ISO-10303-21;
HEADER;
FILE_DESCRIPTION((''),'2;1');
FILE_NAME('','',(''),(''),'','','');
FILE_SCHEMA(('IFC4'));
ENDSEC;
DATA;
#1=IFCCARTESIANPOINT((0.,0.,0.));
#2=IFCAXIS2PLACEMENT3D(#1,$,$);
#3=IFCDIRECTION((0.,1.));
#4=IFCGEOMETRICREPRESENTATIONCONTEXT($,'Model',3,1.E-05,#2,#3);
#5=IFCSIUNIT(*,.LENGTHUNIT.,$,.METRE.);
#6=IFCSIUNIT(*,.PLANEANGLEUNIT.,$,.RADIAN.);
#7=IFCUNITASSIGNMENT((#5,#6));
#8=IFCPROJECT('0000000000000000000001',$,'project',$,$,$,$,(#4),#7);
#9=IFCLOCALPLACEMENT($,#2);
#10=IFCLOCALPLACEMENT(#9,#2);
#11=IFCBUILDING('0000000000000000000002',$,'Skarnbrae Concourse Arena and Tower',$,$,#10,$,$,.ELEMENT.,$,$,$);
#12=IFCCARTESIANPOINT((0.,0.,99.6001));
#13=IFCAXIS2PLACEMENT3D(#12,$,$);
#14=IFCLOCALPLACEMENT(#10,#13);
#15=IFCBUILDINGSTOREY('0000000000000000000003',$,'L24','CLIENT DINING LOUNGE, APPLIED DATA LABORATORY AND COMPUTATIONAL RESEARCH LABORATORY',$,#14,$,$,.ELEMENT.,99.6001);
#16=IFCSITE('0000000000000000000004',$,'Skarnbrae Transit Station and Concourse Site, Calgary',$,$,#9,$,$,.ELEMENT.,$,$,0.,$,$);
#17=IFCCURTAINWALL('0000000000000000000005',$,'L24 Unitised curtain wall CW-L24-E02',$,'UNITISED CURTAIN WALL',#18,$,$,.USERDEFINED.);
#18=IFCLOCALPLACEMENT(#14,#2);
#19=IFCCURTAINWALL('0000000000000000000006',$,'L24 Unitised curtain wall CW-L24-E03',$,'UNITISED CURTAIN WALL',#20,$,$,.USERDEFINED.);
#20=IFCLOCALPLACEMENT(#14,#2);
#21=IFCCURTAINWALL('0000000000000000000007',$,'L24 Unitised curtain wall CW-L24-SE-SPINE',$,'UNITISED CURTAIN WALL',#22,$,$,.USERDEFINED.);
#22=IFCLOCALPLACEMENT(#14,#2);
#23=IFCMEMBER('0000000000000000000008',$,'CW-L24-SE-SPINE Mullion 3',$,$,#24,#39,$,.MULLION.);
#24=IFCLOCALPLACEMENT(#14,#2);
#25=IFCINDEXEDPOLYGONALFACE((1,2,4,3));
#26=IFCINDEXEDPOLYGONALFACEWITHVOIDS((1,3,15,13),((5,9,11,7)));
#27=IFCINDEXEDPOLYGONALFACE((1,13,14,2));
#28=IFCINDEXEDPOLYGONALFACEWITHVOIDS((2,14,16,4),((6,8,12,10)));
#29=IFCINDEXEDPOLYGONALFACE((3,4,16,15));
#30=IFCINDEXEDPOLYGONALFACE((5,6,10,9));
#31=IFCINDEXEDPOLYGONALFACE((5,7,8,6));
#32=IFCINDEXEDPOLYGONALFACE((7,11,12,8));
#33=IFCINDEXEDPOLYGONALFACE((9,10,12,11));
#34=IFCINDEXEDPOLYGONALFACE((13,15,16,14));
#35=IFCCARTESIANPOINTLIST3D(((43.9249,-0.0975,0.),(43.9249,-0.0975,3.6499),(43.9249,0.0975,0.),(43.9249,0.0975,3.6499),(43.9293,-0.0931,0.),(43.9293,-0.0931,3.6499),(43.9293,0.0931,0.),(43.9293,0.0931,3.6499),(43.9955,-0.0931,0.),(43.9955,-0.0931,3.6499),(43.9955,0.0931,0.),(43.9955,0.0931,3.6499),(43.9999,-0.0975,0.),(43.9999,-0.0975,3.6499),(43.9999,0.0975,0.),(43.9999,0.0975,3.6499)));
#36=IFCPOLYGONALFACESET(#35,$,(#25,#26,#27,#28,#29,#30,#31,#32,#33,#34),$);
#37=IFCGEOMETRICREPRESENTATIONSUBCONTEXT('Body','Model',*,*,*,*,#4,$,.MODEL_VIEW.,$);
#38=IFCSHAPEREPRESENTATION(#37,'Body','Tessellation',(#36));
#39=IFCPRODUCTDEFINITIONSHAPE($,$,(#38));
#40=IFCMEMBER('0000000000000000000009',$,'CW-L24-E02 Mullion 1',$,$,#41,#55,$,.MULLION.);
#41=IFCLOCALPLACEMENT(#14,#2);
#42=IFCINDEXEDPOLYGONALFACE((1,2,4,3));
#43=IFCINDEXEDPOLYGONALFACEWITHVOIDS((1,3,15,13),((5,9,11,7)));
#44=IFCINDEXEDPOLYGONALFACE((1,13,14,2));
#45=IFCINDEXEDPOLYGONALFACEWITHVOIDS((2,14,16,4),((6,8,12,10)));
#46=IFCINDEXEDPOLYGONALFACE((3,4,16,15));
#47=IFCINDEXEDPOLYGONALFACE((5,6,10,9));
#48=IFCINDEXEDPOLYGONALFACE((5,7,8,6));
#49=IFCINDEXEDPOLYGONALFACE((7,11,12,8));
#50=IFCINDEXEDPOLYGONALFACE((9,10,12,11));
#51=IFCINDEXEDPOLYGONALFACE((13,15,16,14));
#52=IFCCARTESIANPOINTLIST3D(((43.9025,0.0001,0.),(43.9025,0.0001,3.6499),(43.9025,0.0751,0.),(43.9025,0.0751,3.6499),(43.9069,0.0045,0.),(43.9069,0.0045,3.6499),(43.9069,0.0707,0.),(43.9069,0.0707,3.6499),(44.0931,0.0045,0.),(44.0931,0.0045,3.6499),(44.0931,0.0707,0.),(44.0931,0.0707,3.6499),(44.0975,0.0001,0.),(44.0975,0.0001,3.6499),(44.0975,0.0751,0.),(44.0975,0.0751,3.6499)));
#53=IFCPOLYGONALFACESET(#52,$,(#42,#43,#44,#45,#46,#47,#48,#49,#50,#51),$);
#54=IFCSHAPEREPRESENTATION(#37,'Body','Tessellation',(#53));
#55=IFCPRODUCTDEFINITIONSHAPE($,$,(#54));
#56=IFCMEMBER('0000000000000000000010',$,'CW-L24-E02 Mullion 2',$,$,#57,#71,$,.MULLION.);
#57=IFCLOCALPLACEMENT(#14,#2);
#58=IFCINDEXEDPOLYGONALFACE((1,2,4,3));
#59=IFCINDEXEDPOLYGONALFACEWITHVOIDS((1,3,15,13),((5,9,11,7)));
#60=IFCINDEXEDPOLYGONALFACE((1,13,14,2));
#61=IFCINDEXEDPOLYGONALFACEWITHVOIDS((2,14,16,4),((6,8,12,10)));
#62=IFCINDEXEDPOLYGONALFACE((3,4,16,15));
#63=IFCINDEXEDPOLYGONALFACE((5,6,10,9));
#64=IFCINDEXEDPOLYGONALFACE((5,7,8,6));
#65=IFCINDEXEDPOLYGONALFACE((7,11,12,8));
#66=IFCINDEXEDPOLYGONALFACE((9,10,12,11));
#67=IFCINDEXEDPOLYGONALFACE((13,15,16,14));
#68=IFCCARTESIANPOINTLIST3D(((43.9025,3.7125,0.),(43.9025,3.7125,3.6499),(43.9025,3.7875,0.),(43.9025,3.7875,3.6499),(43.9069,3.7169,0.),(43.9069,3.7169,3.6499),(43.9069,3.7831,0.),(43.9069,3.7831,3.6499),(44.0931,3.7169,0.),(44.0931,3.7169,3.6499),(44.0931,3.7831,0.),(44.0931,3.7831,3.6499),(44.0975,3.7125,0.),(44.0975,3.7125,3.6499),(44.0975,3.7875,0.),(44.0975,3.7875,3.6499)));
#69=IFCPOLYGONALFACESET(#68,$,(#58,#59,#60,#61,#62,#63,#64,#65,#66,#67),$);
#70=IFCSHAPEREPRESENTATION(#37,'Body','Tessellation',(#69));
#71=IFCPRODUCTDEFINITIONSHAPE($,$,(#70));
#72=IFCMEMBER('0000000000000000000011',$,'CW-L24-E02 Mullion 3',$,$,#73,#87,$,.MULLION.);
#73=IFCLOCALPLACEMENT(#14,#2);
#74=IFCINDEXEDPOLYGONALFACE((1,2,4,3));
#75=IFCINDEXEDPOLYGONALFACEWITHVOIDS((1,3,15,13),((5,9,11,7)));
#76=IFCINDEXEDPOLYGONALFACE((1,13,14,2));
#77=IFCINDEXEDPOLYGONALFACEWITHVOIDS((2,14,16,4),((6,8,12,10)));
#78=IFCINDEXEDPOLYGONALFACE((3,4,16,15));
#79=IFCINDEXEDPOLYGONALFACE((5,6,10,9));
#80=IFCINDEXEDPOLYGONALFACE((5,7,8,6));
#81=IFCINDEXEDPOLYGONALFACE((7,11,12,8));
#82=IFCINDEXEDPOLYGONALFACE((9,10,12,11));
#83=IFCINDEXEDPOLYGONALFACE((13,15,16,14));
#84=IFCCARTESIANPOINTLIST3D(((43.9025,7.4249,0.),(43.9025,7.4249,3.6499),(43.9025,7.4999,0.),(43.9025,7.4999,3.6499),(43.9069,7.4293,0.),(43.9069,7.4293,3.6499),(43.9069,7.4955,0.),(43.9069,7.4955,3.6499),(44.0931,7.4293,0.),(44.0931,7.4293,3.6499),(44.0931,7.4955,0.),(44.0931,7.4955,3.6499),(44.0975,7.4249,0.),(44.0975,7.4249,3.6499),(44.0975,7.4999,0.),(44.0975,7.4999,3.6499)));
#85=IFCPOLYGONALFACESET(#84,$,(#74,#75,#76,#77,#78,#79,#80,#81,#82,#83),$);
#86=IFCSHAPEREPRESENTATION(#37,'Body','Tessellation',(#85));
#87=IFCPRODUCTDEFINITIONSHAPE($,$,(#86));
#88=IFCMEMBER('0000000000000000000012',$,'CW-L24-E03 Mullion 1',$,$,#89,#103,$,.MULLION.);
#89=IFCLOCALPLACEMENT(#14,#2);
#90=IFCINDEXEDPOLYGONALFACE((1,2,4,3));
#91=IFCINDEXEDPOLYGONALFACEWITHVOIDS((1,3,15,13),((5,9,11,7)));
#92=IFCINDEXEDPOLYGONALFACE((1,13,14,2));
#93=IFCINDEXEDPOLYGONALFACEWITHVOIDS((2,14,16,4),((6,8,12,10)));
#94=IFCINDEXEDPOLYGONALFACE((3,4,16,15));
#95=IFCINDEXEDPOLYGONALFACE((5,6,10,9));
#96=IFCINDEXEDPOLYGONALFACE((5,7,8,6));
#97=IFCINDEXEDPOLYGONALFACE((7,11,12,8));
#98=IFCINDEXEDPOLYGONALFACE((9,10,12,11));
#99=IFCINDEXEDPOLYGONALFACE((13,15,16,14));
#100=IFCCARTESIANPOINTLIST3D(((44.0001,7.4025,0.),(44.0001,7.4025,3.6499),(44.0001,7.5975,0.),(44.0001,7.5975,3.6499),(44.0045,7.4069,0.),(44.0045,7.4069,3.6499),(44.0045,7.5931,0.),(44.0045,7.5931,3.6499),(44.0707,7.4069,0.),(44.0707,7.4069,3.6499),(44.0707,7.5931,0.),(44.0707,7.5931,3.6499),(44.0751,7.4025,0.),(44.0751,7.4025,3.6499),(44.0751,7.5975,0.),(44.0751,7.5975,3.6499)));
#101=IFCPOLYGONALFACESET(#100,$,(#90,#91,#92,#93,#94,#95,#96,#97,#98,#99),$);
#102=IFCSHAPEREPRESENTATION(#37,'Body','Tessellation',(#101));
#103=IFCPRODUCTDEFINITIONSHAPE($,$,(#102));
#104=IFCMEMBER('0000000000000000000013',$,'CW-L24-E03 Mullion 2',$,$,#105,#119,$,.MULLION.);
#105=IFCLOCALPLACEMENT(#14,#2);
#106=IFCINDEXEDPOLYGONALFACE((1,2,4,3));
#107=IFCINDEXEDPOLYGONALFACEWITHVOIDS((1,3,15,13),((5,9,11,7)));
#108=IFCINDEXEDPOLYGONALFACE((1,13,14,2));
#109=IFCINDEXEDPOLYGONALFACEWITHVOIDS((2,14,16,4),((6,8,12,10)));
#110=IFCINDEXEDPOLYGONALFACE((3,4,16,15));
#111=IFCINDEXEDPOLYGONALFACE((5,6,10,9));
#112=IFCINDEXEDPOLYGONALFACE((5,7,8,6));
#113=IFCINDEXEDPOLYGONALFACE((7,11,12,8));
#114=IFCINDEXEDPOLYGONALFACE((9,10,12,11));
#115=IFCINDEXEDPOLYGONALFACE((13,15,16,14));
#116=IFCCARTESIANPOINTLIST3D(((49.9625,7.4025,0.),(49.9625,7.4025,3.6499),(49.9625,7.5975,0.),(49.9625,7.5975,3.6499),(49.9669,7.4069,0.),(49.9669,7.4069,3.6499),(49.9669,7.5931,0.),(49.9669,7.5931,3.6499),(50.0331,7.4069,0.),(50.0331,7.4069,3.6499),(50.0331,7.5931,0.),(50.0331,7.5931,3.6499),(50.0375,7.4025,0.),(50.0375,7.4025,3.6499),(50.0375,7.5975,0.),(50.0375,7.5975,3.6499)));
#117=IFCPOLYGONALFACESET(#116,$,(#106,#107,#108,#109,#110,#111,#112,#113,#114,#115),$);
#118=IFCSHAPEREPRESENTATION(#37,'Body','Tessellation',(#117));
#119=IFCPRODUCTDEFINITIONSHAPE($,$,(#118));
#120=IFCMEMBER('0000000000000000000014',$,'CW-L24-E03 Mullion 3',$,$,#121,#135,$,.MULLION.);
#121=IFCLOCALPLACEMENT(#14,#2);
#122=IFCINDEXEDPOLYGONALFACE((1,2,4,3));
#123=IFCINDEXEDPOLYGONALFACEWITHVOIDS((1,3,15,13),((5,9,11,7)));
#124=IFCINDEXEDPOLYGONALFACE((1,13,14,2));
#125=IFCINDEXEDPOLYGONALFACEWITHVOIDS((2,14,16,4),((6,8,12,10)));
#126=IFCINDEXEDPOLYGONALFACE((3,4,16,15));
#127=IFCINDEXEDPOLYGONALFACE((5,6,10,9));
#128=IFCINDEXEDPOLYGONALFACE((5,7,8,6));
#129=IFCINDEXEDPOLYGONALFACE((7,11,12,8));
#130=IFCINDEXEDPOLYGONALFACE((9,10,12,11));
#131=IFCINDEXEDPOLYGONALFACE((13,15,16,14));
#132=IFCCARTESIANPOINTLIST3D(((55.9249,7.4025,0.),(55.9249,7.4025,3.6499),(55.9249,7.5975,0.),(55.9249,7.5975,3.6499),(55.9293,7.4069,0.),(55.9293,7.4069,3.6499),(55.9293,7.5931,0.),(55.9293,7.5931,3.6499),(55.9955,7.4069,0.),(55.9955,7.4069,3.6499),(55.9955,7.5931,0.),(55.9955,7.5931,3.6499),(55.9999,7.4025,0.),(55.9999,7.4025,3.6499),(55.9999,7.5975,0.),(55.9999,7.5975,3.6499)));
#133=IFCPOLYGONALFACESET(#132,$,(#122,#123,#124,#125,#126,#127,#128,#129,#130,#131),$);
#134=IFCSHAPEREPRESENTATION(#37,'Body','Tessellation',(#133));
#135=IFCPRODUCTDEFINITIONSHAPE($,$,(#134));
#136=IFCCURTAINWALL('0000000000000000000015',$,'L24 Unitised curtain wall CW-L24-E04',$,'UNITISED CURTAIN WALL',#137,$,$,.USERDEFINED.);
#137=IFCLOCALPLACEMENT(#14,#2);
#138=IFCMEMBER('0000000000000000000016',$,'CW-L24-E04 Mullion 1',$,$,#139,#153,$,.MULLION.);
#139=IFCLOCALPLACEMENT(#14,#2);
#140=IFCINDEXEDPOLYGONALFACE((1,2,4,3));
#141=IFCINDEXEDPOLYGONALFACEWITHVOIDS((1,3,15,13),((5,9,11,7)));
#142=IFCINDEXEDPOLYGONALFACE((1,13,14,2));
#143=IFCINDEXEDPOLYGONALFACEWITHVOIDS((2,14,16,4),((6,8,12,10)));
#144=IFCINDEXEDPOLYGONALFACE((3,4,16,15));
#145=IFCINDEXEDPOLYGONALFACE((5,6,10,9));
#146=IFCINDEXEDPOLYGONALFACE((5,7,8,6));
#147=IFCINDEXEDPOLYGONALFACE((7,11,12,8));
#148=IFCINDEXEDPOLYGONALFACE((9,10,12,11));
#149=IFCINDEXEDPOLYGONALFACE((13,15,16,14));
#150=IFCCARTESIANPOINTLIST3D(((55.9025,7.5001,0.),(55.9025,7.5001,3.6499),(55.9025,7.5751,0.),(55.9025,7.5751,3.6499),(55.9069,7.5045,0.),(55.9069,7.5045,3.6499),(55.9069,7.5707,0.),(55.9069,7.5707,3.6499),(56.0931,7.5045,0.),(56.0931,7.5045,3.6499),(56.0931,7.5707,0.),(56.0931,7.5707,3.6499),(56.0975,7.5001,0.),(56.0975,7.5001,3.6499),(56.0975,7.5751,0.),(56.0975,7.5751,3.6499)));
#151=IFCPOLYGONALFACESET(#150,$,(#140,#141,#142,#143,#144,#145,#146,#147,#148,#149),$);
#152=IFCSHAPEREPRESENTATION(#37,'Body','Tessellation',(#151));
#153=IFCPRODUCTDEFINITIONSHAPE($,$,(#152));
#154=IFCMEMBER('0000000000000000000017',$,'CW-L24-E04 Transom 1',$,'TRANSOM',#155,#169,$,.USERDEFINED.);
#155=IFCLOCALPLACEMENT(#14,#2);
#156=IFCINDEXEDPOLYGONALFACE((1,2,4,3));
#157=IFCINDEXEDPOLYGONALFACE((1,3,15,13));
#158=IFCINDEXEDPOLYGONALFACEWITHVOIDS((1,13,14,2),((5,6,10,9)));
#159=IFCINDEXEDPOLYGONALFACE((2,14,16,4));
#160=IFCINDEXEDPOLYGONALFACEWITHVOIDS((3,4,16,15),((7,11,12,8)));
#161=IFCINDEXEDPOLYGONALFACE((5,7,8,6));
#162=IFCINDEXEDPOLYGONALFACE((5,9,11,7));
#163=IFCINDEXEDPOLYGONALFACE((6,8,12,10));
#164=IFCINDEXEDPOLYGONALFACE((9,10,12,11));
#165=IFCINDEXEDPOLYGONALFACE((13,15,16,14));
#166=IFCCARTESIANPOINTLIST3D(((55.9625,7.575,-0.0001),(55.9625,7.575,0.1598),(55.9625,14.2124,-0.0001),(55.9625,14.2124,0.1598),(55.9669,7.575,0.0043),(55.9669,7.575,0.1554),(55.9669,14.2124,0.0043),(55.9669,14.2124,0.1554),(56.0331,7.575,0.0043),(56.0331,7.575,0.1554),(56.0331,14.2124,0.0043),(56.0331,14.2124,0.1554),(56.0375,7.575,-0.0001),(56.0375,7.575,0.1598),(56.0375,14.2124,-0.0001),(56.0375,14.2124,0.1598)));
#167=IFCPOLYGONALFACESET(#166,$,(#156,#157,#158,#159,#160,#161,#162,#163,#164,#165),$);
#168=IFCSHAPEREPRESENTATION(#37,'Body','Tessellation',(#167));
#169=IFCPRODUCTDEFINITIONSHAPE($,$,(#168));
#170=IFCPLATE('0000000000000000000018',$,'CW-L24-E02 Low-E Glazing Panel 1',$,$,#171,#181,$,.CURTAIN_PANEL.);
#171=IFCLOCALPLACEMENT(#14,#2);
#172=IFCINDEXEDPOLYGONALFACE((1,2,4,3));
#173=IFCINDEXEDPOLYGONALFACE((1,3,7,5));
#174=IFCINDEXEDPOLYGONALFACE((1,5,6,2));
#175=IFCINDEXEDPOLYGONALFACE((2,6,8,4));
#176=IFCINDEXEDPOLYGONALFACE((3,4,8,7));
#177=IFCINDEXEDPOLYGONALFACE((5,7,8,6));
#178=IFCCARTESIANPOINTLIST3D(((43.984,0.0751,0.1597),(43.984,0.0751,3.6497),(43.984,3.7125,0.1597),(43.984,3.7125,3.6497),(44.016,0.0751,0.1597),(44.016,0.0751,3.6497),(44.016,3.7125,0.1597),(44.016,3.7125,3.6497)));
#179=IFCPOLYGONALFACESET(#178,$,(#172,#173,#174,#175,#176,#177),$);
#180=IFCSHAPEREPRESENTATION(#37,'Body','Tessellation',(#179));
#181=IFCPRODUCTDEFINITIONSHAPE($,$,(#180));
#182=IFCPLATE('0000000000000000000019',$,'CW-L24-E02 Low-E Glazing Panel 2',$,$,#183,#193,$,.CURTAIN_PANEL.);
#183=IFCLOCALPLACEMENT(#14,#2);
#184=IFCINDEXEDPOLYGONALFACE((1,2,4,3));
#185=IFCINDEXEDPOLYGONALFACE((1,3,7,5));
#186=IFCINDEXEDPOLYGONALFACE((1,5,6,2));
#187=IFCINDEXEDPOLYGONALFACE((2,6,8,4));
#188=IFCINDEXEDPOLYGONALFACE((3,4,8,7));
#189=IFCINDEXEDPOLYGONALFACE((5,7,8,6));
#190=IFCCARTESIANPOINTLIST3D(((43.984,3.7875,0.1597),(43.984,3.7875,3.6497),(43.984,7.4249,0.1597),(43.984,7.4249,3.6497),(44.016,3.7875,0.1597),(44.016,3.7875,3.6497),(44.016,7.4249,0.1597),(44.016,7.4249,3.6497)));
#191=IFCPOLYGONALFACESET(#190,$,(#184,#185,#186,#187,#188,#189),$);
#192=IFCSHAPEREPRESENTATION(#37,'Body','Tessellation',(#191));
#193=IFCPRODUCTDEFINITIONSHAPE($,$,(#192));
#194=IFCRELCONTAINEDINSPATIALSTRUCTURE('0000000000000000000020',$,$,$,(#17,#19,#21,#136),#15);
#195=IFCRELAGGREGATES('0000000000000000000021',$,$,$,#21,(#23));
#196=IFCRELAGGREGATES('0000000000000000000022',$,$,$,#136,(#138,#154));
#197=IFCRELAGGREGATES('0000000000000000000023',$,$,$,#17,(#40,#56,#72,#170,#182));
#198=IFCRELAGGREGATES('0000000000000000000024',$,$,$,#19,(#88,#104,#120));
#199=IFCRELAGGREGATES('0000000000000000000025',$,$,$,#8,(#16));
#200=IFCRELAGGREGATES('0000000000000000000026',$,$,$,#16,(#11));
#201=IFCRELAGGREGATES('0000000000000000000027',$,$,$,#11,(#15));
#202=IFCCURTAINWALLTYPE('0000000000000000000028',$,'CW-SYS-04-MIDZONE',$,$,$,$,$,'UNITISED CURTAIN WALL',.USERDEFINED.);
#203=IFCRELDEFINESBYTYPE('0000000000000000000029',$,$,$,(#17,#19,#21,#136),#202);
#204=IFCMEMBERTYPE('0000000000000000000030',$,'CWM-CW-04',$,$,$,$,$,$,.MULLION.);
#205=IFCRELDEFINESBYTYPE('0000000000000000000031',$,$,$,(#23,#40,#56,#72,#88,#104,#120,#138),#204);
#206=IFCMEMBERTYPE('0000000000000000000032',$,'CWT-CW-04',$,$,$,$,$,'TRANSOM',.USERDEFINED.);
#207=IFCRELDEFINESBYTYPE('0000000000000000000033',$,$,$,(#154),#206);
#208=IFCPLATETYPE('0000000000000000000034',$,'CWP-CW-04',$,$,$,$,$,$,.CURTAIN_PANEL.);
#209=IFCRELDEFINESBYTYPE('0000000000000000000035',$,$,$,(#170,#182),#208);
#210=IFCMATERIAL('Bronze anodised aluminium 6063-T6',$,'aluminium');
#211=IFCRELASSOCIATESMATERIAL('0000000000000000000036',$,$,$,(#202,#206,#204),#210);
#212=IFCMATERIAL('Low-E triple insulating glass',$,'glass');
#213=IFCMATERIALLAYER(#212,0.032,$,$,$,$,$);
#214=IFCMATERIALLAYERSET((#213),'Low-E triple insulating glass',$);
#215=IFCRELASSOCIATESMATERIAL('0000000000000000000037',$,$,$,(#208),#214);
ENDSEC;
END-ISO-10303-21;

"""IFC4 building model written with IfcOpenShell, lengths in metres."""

from ifc_helpers import new_model, si_unit, direction, frame, origin, origin_2d, place, context, subcontext, project, spatial, rectangle, hollow_rectangle, extrude, source, transform, mapped, material, layer, layer_set, material_profile, profile_set, type_object, element, aggregate, save


model = new_model("IFC4")

# Units and contexts
model_context = context("Model", 3, precision=1e-05, world=origin(), true_north=direction((0.0, 1.0)))
body_context = subcontext(model_context, "Body", "Model", "MODEL_VIEW")
ifc_project = project(units=[si_unit("LENGTHUNIT", "METRE"), si_unit("PLANEANGLEUNIT", "RADIAN")], contexts=[model_context])

# Site, building, storey
site_placement = place(None, origin())
site = spatial("IfcSite", under=ifc_project, at=site_placement, Name="Skarnbrae Transit Station and Concourse Site, Calgary", CompositionType="ELEMENT", RefElevation=0.0)
building_placement = place(site_placement, origin())
building = spatial("IfcBuilding", under=site, at=building_placement, Name="Skarnbrae Concourse Arena and Tower", CompositionType="ELEMENT")
storey_placement = place(building_placement, frame((0.0, 0.0, 99.6001)))
storey = spatial("IfcBuildingStorey", under=building, at=storey_placement, Name="L24", Description="CLIENT DINING LOUNGE, APPLIED DATA LABORATORY AND COMPUTATIONAL RESEARCH LABORATORY", CompositionType="ELEMENT", Elevation=99.6001)

# Curtain walls
ifc_material_1 = material(Name="Bronze anodised aluminium 6063-T6", Category="aluminium")
curtain_wall_type = type_object("IfcCurtainWallType", Name="CW-SYS-04-MIDZONE", ElementType="UNITISED CURTAIN WALL", PredefinedType="USERDEFINED", material=ifc_material_1)
curtain_wall_1_placement = place(storey_placement, origin())
curtain_wall_1 = element("IfcCurtainWall", 1, at=curtain_wall_1_placement, inside=storey, type_object=curtain_wall_type, Name="L24 Unitised curtain wall CW-L24-E02", ObjectType="UNITISED CURTAIN WALL", PredefinedType="USERDEFINED")
ifc_material_profile_1 = material_profile(ifc_material_1, hollow_rectangle(XDim=0.075, YDim=0.1599, WallThickness=0.0044, at=origin_2d()), Name="ALU-TRAN-75X160")
ifc_profile_set_1 = profile_set([ifc_material_profile_1], Name="Bronze anodised aluminium 6063-T6")
member_type_1 = type_object("IfcMemberType", Name="CWT-CW-04", ElementType="TRANSOM", PredefinedType="USERDEFINED", material=ifc_profile_set_1)
curtain_wall_2_placement = place(storey_placement, origin())
curtain_wall_2 = element("IfcCurtainWall", 2, at=curtain_wall_2_placement, inside=storey, type_object=curtain_wall_type, Name="L24 Unitised curtain wall CW-L24-E03", ObjectType="UNITISED CURTAIN WALL", PredefinedType="USERDEFINED")

# Curtain wall, member
curtain_wall_3_placement = place(storey_placement, origin())
curtain_wall_3 = element("IfcCurtainWall", 3, at=curtain_wall_3_placement, inside=storey, type_object=curtain_wall_type, Name="L24 Unitised curtain wall CW-L24-SE-SPINE", ObjectType="UNITISED CURTAIN WALL", PredefinedType="USERDEFINED")
ifc_material_profile_2 = material_profile(ifc_material_1, hollow_rectangle(XDim=0.075, YDim=0.1951, WallThickness=0.0044, at=origin_2d()), Name="ALU-MULL-75X195")
ifc_profile_set_2 = profile_set([ifc_material_profile_2], Name="Bronze anodised aluminium 6063-T6")
member_type_2 = type_object("IfcMemberType", Name="CWM-CW-04", PredefinedType="MULLION", material=ifc_profile_set_2)
shared_shape_1 = source(origin(), body_context, "Body", "SweptSolid", [
    extrude(hollow_rectangle(XDim=0.075, YDim=0.1951, WallThickness=0.0044, at=origin_2d()), origin(), (0.0, 0.0, 1.0), 3.6499),
])
member_1_placement = place(storey_placement, frame((43.9624, 0.0, 0.0), z_axis=(0.0, 0.0, 1.0), x_axis=(1.0, 0.0, 0.0)))
member_1 = element("IfcMember", 4, at=member_1_placement, type_object=member_type_2, Name="CW-L24-SE-SPINE Mullion 3", PredefinedType="MULLION", context=body_context, shape_type="MappedRepresentation", body=[
    mapped(shared_shape_1, transform((0.0, 0.0, 0.0))),
])
aggregate(curtain_wall_3, [member_1])

# Members
member_2_placement = place(storey_placement, frame((44.0, 0.0376, 0.0), z_axis=(0.0, 0.0, 1.0), x_axis=(0.0, 1.0, 0.0)))
member_2 = element("IfcMember", 5, at=member_2_placement, type_object=member_type_2, Name="CW-L24-E02 Mullion 1", PredefinedType="MULLION", context=body_context, shape_type="MappedRepresentation", body=[
    mapped(shared_shape_1, transform((0.0, 0.0, 0.0))),
])
member_3_placement = place(storey_placement, frame((44.0, 3.75, 0.0), z_axis=(0.0, 0.0, 1.0), x_axis=(0.0, 1.0, 0.0)))
member_3 = element("IfcMember", 6, at=member_3_placement, type_object=member_type_2, Name="CW-L24-E02 Mullion 2", PredefinedType="MULLION", context=body_context, shape_type="MappedRepresentation", body=[
    mapped(shared_shape_1, transform((0.0, 0.0, 0.0))),
])
member_4_placement = place(storey_placement, frame((44.0, 7.4624, 0.0), z_axis=(0.0, 0.0, 1.0), x_axis=(0.0, 1.0, 0.0)))
member_4 = element("IfcMember", 7, at=member_4_placement, type_object=member_type_2, Name="CW-L24-E02 Mullion 3", PredefinedType="MULLION", context=body_context, shape_type="MappedRepresentation", body=[
    mapped(shared_shape_1, transform((0.0, 0.0, 0.0))),
])
member_5_placement = place(storey_placement, frame((44.0376, 7.5, 0.0), z_axis=(0.0, 0.0, 1.0), x_axis=(1.0, 0.0, 0.0)))
member_5 = element("IfcMember", 8, at=member_5_placement, type_object=member_type_2, Name="CW-L24-E03 Mullion 1", PredefinedType="MULLION", context=body_context, shape_type="MappedRepresentation", body=[
    mapped(shared_shape_1, transform((0.0, 0.0, 0.0))),
])
member_6_placement = place(storey_placement, frame((50.0, 7.5, 0.0), z_axis=(0.0, 0.0, 1.0), x_axis=(1.0, 0.0, 0.0)))
member_6 = element("IfcMember", 9, at=member_6_placement, type_object=member_type_2, Name="CW-L24-E03 Mullion 2", PredefinedType="MULLION", context=body_context, shape_type="MappedRepresentation", body=[
    mapped(shared_shape_1, transform((0.0, 0.0, 0.0))),
])
member_7_placement = place(storey_placement, frame((55.9624, 7.5, 0.0), z_axis=(0.0, 0.0, 1.0), x_axis=(1.0, 0.0, 0.0)))
member_7 = element("IfcMember", 10, at=member_7_placement, type_object=member_type_2, Name="CW-L24-E03 Mullion 3", PredefinedType="MULLION", context=body_context, shape_type="MappedRepresentation", body=[
    mapped(shared_shape_1, transform((0.0, 0.0, 0.0))),
])

# Curtain wall, members
curtain_wall_4_placement = place(storey_placement, origin())
curtain_wall_4 = element("IfcCurtainWall", 11, at=curtain_wall_4_placement, inside=storey, type_object=curtain_wall_type, Name="L24 Unitised curtain wall CW-L24-E04", ObjectType="UNITISED CURTAIN WALL", PredefinedType="USERDEFINED")
member_8_placement = place(storey_placement, frame((56.0, 7.5376, 0.0), z_axis=(0.0, 0.0, 1.0), x_axis=(0.0, 1.0, 0.0)))
member_8 = element("IfcMember", 12, at=member_8_placement, type_object=member_type_2, Name="CW-L24-E04 Mullion 1", PredefinedType="MULLION", context=body_context, shape_type="MappedRepresentation", body=[
    mapped(shared_shape_1, transform((0.0, 0.0, 0.0))),
])
shared_shape_2 = source(origin(), body_context, "Body", "SweptSolid", [
    extrude(hollow_rectangle(XDim=0.075, YDim=0.1599, WallThickness=0.0044, at=origin_2d()), origin(), (0.0, 0.0, 1.0), 6.6375),
])
member_9_placement = place(storey_placement, frame((56.0, 7.575, 0.0798), z_axis=(0.0, 1.0, 0.0), x_axis=(-1.0, 0.0, 0.0)))
member_9 = element("IfcMember", 13, at=member_9_placement, type_object=member_type_1, Name="CW-L24-E04 Transom 1", ObjectType="TRANSOM", PredefinedType="USERDEFINED", context=body_context, shape_type="MappedRepresentation", body=[
    mapped(shared_shape_2, transform((0.0, 0.0, 0.0))),
])
aggregate(curtain_wall_4, [member_8, member_9])

# Plates
ifc_material_2 = material(Name="Low-E triple insulating glass", Category="glass")
ifc_layer = layer(ifc_material_2, 0.032)
ifc_layer_set = layer_set([ifc_layer], Name="Low-E triple insulating glass")
plate_type = type_object("IfcPlateType", Name="CWP-CW-04", PredefinedType="CURTAIN_PANEL", material=ifc_layer_set)
shared_shape_3 = source(origin(), body_context, "Body", "SweptSolid", [
    extrude(rectangle(XDim=3.6375, YDim=0.032, at=origin_2d()), origin(), (0.0, 0.0, 1.0), 3.49),
])
plate_1_placement = place(storey_placement, frame((44.0, 1.8938, 0.1597), z_axis=(0.0, 0.0, 1.0), x_axis=(0.0, 1.0, 0.0)))
plate_1 = element("IfcPlate", 14, at=plate_1_placement, type_object=plate_type, Name="CW-L24-E02 Low-E Glazing Panel 1", PredefinedType="CURTAIN_PANEL", context=body_context, shape_type="MappedRepresentation", body=[
    mapped(shared_shape_3, transform((0.0, 0.0, 0.0))),
])
plate_2_placement = place(storey_placement, frame((44.0, 5.6062, 0.1597), z_axis=(0.0, 0.0, 1.0), x_axis=(0.0, 1.0, 0.0)))
plate_2 = element("IfcPlate", 15, at=plate_2_placement, type_object=plate_type, Name="CW-L24-E02 Low-E Glazing Panel 2", PredefinedType="CURTAIN_PANEL", context=body_context, shape_type="MappedRepresentation", body=[
    mapped(shared_shape_3, transform((0.0, 0.0, 0.0))),
])
aggregate(curtain_wall_1, [member_2, member_3, member_4, plate_1, plate_2])
aggregate(curtain_wall_2, [member_5, member_6, member_7])

save(model, "model.ifc")
